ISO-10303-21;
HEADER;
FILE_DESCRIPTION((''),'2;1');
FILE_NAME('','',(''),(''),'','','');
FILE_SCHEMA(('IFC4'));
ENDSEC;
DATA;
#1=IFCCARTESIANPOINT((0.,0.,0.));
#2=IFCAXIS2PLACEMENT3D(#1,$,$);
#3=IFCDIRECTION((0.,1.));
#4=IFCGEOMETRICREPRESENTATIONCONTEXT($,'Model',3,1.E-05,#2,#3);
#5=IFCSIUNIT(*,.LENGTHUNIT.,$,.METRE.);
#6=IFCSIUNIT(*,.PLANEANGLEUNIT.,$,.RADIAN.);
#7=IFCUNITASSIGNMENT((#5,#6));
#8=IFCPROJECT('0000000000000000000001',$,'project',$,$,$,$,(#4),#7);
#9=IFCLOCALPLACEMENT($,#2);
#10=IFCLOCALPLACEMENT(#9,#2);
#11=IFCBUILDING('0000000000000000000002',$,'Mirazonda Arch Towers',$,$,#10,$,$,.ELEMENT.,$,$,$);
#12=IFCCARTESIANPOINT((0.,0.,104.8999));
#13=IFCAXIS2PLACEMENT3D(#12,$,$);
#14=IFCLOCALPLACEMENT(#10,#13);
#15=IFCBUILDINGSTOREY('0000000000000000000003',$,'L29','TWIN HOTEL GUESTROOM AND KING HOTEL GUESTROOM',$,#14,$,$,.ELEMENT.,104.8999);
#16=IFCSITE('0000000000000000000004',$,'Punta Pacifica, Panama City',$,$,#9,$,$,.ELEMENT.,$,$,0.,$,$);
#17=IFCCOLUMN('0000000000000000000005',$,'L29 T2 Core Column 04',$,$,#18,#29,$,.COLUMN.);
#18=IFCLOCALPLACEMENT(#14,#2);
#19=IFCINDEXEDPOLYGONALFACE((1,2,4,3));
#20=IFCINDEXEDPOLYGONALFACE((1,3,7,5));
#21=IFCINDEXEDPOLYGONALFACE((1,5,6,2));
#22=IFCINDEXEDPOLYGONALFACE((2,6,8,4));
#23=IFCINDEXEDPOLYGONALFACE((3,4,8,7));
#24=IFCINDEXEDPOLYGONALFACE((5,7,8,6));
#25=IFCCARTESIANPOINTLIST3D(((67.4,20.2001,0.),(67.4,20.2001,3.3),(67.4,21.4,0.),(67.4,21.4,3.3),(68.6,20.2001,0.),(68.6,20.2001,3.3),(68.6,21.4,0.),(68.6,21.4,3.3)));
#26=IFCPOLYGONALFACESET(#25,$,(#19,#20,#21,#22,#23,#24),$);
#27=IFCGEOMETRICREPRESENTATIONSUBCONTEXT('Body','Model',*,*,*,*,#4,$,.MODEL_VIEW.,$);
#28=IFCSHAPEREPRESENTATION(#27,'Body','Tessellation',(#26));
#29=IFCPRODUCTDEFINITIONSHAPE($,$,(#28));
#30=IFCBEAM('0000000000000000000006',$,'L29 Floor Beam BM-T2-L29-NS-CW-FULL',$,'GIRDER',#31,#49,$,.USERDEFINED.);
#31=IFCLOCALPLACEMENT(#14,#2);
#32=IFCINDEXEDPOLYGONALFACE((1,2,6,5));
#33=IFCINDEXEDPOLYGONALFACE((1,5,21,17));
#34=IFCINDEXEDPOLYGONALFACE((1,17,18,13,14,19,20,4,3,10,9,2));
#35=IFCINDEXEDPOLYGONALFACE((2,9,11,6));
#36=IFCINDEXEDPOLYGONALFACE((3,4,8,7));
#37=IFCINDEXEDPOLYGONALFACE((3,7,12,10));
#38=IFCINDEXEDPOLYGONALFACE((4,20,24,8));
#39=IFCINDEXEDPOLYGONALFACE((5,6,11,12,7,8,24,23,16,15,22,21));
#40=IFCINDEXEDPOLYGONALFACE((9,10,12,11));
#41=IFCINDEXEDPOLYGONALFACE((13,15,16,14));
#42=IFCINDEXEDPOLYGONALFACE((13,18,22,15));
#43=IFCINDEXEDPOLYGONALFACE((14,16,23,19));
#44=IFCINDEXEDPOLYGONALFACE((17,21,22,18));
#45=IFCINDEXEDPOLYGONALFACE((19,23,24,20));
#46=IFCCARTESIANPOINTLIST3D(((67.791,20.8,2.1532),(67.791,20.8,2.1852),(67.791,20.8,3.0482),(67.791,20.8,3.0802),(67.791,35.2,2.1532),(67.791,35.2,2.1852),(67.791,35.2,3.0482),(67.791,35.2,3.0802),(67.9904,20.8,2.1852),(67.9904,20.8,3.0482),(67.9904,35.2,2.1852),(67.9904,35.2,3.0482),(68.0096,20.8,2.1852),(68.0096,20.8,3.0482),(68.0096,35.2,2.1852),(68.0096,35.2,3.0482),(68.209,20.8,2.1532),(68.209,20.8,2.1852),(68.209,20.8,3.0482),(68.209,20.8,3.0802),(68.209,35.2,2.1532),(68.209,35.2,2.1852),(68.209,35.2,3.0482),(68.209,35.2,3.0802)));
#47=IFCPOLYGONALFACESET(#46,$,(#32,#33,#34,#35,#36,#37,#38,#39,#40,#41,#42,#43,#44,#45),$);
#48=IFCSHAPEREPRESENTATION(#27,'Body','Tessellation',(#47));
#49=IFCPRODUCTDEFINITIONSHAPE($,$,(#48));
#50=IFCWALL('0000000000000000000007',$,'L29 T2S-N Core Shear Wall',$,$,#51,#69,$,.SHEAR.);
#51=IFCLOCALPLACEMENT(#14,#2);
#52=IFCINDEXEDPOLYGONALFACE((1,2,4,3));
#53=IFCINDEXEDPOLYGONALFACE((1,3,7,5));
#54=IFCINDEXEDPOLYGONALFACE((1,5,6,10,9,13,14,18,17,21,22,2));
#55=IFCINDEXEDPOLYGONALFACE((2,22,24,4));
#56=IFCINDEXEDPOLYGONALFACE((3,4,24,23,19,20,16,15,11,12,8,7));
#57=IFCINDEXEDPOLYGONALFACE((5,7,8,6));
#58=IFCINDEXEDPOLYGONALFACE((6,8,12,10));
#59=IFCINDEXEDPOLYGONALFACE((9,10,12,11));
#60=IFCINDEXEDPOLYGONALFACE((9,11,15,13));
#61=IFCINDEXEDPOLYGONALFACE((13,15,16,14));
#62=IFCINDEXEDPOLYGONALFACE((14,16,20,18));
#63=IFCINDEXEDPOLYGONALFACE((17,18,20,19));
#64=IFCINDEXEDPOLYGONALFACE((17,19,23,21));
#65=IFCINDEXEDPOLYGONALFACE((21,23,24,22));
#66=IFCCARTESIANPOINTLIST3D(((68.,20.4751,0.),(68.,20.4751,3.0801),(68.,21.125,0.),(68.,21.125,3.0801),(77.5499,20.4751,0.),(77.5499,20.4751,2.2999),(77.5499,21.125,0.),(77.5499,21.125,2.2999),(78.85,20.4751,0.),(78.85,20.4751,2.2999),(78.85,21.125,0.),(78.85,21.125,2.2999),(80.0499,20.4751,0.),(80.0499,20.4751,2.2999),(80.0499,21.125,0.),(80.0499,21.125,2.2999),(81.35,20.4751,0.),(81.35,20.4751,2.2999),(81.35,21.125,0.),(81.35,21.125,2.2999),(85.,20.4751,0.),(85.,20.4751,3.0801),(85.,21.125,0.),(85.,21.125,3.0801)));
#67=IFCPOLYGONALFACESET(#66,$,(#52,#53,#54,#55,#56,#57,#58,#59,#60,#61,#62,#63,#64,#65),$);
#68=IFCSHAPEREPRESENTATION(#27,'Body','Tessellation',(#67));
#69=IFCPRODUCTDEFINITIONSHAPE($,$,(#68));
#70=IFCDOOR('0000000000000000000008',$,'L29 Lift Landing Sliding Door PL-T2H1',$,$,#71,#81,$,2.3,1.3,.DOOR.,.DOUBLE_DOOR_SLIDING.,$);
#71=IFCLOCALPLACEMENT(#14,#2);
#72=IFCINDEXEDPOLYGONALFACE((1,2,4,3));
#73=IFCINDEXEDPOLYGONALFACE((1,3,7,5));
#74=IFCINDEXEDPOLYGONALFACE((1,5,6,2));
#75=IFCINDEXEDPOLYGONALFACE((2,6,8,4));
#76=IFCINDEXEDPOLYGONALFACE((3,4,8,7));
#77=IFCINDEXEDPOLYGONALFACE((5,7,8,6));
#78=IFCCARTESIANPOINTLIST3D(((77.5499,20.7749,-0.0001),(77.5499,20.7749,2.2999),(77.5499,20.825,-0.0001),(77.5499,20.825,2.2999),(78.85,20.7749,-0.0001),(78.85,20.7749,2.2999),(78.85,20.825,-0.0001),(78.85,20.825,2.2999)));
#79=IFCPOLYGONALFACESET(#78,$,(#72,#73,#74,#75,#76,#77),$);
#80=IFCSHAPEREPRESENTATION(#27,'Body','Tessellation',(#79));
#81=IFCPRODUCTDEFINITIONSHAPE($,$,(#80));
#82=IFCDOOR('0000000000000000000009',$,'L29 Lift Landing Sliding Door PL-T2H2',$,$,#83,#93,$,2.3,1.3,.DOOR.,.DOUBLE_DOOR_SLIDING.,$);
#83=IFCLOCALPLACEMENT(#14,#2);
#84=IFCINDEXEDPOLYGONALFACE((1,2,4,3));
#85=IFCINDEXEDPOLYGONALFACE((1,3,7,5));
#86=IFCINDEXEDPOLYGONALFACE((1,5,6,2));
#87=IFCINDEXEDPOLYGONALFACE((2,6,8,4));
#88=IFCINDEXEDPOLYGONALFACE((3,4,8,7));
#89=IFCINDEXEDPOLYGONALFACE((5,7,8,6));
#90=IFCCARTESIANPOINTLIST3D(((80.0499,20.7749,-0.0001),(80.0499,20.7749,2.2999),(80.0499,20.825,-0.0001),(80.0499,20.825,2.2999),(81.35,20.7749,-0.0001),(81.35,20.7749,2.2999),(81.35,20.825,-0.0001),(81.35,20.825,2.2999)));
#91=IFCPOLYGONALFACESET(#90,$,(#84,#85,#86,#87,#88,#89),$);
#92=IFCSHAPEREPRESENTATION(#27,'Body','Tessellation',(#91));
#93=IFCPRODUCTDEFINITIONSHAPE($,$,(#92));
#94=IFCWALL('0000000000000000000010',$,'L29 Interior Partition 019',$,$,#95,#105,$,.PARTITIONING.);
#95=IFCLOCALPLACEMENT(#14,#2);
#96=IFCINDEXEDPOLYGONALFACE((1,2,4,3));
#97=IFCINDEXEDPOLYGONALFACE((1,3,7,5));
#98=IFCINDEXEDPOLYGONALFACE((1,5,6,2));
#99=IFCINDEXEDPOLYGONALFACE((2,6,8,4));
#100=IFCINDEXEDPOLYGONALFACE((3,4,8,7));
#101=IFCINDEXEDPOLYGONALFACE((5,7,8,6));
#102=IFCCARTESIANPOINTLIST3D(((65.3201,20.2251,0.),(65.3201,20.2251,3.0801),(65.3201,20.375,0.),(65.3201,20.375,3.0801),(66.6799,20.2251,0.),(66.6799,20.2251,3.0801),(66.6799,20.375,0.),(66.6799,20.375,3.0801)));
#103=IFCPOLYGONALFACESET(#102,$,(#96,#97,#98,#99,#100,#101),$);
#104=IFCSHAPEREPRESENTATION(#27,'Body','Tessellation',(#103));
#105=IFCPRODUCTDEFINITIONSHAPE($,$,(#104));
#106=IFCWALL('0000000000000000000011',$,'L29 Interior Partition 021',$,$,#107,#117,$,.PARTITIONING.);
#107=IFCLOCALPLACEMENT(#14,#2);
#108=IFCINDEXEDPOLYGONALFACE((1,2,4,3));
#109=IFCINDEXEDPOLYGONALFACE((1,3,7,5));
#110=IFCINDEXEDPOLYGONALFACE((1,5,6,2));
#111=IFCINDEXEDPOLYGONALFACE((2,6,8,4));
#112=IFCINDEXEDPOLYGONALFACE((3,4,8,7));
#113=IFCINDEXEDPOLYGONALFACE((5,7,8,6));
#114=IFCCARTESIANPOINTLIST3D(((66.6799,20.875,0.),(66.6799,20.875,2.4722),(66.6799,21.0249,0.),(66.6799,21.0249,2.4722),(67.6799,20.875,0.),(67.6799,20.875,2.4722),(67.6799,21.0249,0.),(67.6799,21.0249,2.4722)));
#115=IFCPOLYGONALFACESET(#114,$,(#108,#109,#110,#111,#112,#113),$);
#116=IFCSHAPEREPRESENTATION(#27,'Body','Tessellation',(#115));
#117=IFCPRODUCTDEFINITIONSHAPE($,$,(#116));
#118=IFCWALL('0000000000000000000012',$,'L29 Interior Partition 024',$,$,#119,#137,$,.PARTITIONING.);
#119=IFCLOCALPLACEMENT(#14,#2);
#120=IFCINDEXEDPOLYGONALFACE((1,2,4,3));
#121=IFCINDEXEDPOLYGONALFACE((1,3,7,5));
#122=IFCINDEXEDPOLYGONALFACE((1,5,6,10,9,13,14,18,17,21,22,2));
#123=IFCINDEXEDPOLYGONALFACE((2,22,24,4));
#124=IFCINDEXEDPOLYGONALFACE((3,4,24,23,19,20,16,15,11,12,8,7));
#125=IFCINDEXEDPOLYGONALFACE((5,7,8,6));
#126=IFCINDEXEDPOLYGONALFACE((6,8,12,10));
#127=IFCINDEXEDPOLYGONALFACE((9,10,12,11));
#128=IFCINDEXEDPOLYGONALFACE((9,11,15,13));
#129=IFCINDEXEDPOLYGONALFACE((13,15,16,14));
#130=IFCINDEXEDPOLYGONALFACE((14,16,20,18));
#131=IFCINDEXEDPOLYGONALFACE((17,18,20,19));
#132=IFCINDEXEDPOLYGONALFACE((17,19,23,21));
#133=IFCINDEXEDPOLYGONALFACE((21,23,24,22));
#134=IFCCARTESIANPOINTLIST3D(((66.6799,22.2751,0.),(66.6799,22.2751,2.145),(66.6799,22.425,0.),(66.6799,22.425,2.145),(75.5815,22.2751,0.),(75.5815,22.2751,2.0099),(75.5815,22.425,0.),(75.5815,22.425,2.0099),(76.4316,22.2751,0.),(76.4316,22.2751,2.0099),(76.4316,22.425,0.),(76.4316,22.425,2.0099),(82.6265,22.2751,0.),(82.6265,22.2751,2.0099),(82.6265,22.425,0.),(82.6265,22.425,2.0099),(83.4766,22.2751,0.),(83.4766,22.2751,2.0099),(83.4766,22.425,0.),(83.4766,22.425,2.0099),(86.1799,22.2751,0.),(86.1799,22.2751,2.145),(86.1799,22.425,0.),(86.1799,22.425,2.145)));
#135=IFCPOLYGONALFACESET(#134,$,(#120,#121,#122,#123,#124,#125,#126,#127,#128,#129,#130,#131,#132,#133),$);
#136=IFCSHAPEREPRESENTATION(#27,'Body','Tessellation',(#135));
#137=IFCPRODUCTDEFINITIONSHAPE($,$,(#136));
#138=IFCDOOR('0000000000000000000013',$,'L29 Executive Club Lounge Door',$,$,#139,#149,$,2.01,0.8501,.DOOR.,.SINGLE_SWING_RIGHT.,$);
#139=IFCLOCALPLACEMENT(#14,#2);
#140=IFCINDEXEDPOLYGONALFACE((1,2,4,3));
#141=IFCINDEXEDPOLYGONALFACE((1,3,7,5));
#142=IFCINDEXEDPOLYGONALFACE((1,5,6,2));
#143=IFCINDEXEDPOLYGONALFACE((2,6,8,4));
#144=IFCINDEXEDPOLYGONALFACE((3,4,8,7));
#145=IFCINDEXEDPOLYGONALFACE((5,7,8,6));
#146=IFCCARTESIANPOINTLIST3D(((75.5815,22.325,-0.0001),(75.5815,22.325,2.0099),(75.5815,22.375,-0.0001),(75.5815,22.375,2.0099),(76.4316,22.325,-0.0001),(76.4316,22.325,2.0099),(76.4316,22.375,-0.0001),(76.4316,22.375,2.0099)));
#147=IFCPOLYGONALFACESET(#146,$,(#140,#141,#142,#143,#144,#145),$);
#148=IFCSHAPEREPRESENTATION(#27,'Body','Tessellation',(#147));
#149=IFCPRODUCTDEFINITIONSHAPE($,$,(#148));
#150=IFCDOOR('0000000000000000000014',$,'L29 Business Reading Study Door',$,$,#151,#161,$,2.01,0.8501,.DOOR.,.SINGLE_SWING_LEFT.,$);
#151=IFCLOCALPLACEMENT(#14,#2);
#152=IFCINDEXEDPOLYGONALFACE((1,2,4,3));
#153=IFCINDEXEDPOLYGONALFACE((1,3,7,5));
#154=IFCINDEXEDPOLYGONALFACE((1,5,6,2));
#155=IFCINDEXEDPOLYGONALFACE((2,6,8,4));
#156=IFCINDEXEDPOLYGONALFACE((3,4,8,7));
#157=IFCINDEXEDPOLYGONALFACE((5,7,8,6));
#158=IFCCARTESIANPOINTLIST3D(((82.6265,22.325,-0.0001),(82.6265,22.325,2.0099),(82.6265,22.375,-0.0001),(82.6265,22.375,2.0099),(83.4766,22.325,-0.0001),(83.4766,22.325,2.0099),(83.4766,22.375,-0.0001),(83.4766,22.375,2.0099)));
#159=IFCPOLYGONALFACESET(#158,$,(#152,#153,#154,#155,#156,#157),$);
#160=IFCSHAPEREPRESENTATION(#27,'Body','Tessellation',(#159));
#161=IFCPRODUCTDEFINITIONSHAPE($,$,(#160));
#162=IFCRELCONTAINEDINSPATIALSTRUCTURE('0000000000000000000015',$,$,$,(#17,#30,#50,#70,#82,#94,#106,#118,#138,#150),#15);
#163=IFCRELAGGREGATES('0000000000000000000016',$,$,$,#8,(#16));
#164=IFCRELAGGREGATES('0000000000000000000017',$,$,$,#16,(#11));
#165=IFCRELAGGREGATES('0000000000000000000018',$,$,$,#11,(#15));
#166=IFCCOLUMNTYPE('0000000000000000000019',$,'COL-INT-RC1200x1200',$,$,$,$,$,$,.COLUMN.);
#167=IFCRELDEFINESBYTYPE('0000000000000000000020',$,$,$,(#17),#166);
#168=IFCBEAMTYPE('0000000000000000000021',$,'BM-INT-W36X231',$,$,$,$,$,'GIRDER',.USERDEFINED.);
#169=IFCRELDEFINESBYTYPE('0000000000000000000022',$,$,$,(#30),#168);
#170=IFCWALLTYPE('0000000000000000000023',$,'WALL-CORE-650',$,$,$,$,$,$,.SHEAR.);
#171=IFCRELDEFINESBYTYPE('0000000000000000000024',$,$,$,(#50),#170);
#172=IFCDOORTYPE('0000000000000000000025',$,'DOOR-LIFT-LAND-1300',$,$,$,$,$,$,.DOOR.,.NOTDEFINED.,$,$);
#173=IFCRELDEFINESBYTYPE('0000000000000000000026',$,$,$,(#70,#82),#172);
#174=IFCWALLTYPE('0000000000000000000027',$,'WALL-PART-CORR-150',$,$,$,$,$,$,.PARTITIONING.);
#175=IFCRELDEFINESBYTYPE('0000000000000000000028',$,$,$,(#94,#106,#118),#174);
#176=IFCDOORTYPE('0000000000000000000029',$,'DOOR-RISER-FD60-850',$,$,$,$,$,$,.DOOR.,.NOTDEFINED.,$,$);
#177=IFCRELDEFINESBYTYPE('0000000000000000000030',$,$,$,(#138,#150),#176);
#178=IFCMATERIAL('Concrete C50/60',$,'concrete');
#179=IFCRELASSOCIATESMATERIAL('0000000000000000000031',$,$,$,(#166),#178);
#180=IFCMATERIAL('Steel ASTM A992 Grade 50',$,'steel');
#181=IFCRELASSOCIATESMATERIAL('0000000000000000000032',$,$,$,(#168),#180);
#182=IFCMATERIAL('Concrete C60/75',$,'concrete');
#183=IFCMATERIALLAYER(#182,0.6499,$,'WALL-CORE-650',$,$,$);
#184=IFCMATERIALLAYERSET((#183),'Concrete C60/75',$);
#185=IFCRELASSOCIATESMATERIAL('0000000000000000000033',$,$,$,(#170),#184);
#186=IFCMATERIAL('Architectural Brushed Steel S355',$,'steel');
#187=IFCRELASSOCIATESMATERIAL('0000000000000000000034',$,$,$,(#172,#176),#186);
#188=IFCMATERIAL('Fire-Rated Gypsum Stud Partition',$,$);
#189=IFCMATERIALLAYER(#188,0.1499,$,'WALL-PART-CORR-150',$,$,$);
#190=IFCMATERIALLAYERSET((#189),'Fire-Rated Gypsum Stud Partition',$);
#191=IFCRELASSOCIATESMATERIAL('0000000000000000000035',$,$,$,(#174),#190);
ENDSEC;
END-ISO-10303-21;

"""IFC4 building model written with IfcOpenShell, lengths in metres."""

from ifc_helpers import new_model, si_unit, direction, frame, frame_2d, origin, origin_2d, place, context, subcontext, project, spatial, rectangle, i_section, extrude, material, layer, layer_set, material_profile, profile_set, type_object, element, fill, save


model = new_model("IFC4")

# Units and contexts
model_context = context("Model", 3, precision=1e-05, world=origin(), true_north=direction((0.0, 1.0)))
body_context = subcontext(model_context, "Body", "Model", "MODEL_VIEW")
ifc_project = project(units=[si_unit("LENGTHUNIT", "METRE"), si_unit("PLANEANGLEUNIT", "RADIAN")], contexts=[model_context])

# Site, building, storey
site_placement = place(None, origin())
site = spatial("IfcSite", under=ifc_project, at=site_placement, Name="Punta Pacifica, Panama City", CompositionType="ELEMENT", RefElevation=0.0)
building_placement = place(site_placement, origin())
building = spatial("IfcBuilding", under=site, at=building_placement, Name="Mirazonda Arch Towers", CompositionType="ELEMENT")
storey_placement = place(building_placement, frame((0.0, 0.0, 104.8999)))
storey = spatial("IfcBuildingStorey", under=building, at=storey_placement, Name="L29", Description="TWIN HOTEL GUESTROOM AND KING HOTEL GUESTROOM", CompositionType="ELEMENT", Elevation=104.8999)

# Column
ifc_material_1 = material(Name="Concrete C50/60", Category="concrete")
ifc_material_profile_1 = material_profile(ifc_material_1, rectangle(XDim=1.2, YDim=1.2, at=origin_2d()), Name="RC1200x1200")
ifc_profile_set_1 = profile_set([ifc_material_profile_1], Name="Concrete C50/60")
column_type = type_object("IfcColumnType", Name="COL-INT-RC1200x1200", PredefinedType="COLUMN", material=ifc_profile_set_1)
column_placement = place(storey_placement, frame((68.0, 20.8, 0.0), z_axis=(0.0, 0.0, 1.0), x_axis=(1.0, 0.0, 0.0)))
element("IfcColumn", 1, at=column_placement, inside=storey, type_object=column_type, Name="L29 T2 Core Column 04", PredefinedType="COLUMN", context=body_context, shape_type="SweptSolid", body=[
    extrude(rectangle(XDim=1.2, YDim=1.2, at=origin_2d()), origin(), (0.0, 0.0, 1.0), 3.3),
])

# Beam
ifc_material_2 = material(Name="Steel ASTM A992 Grade 50", Category="steel")
ifc_material_profile_2 = material_profile(ifc_material_2, i_section(OverallWidth=0.418, OverallDepth=0.927, WebThickness=0.0193, FlangeThickness=0.032, at=origin_2d()), Name="W36X231")
ifc_profile_set_2 = profile_set([ifc_material_profile_2], Name="Steel ASTM A992 Grade 50")
beam_type = type_object("IfcBeamType", Name="BM-INT-W36X231", ElementType="GIRDER", PredefinedType="USERDEFINED", material=ifc_profile_set_2)
beam_placement = place(storey_placement, frame((68.0, 20.8, 2.6167), z_axis=(0.0, 1.0, 0.0), x_axis=(-1.0, 0.0, 0.0)))
element("IfcBeam", 2, at=beam_placement, inside=storey, type_object=beam_type, Name="L29 Floor Beam BM-T2-L29-NS-CW-FULL", ObjectType="GIRDER", PredefinedType="USERDEFINED", context=body_context, shape_type="SweptSolid", body=[
    extrude(i_section(OverallWidth=0.418, OverallDepth=0.927, WebThickness=0.0193, FlangeThickness=0.032, at=origin_2d()), origin(), (0.0, 0.0, 1.0), 14.3999),
])

# Wall, openings, doors
ifc_material_3 = material(Name="Concrete C60/75", Category="concrete")
ifc_layer_1 = layer(ifc_material_3, 0.6499, Name="WALL-CORE-650")
ifc_layer_set_1 = layer_set([ifc_layer_1], Name="Concrete C60/75")
wall_type_1 = type_object("IfcWallType", Name="WALL-CORE-650", PredefinedType="SHEAR", material=ifc_layer_set_1)
wall_1_placement = place(storey_placement, frame((68.0, 20.8, 0.0), z_axis=(0.0, 0.0, 1.0), x_axis=(1.0, 0.0, 0.0)))
wall_1 = element("IfcWall", 3, at=wall_1_placement, inside=storey, type_object=wall_type_1, Name="L29 T2S-N Core Shear Wall", PredefinedType="SHEAR", context=body_context, shape_type="SweptSolid", body=[
    extrude(rectangle(XDim=17.0, YDim=0.6499, at=frame_2d((8.5, 0.0))), origin(), (0.0, 0.0, 1.0), 3.0801),
])
opening_1_placement = place(wall_1_placement, frame((9.55, 0.0, 0.0)))
opening_1 = element("IfcOpeningElement", 4, at=opening_1_placement, cuts=wall_1, PredefinedType="OPENING", context=body_context, shape_type="SweptSolid", body=[
    extrude(rectangle(XDim=1.3, YDim=2.3, at=frame_2d((0.6499, 1.1499))), frame((0.0, 0.335, 0.0), z_axis=(0.0, -1.0, 0.0), x_axis=(1.0, 0.0, 0.0)), (0.0, 0.0, 1.0), 0.6699),
])
opening_2_placement = place(wall_1_placement, frame((12.05, 0.0, 0.0)))
opening_2 = element("IfcOpeningElement", 5, at=opening_2_placement, cuts=wall_1, PredefinedType="OPENING", context=body_context, shape_type="SweptSolid", body=[
    extrude(rectangle(XDim=1.3, YDim=2.3, at=frame_2d((0.6499, 1.1499))), frame((0.0, 0.335, 0.0), z_axis=(0.0, -1.0, 0.0), x_axis=(1.0, 0.0, 0.0)), (0.0, 0.0, 1.0), 0.6699),
])
ifc_material_4 = material(Name="Architectural Brushed Steel S355", Category="steel")
door_type_1 = type_object("IfcDoorType", Name="DOOR-LIFT-LAND-1300", OperationType="NOTDEFINED", PredefinedType="DOOR", material=ifc_material_4)
door_1_placement = place(opening_1_placement, origin())
door_1 = element("IfcDoor", 6, at=door_1_placement, inside=storey, type_object=door_type_1, Name="L29 Lift Landing Sliding Door PL-T2H1", OperationType="DOUBLE_DOOR_SLIDING", OverallHeight=2.3, OverallWidth=1.3, PredefinedType="DOOR", context=body_context, shape_type="SweptSolid", body=[
    extrude(rectangle(XDim=1.3, YDim=2.3, at=frame_2d((0.6499, 1.1499))), frame((0.0, 0.0249, 0.0), z_axis=(0.0, -1.0, 0.0), x_axis=(1.0, 0.0, 0.0)), (0.0, 0.0, 1.0), 0.05),
])
fill(opening_1, door_1)
door_2_placement = place(opening_2_placement, origin())
door_2 = element("IfcDoor", 7, at=door_2_placement, inside=storey, type_object=door_type_1, Name="L29 Lift Landing Sliding Door PL-T2H2", OperationType="DOUBLE_DOOR_SLIDING", OverallHeight=2.3, OverallWidth=1.3, PredefinedType="DOOR", context=body_context, shape_type="SweptSolid", body=[
    extrude(rectangle(XDim=1.3, YDim=2.3, at=frame_2d((0.6499, 1.1499))), frame((0.0, 0.0249, 0.0), z_axis=(0.0, -1.0, 0.0), x_axis=(1.0, 0.0, 0.0)), (0.0, 0.0, 1.0), 0.05),
])
fill(opening_2, door_2)

# Walls
ifc_material_5 = material(Name="Fire-Rated Gypsum Stud Partition")
ifc_layer_2 = layer(ifc_material_5, 0.1499, Name="WALL-PART-CORR-150")
ifc_layer_set_2 = layer_set([ifc_layer_2], Name="Fire-Rated Gypsum Stud Partition")
wall_type_2 = type_object("IfcWallType", Name="WALL-PART-CORR-150", PredefinedType="PARTITIONING", material=ifc_layer_set_2)
wall_2_placement = place(storey_placement, frame((65.3201, 20.3, 0.0), z_axis=(0.0, 0.0, 1.0), x_axis=(1.0, 0.0, 0.0)))
element("IfcWall", 8, at=wall_2_placement, inside=storey, type_object=wall_type_2, Name="L29 Interior Partition 019", PredefinedType="PARTITIONING", context=body_context, shape_type="SweptSolid", body=[
    extrude(rectangle(XDim=1.3599, YDim=0.1499, at=frame_2d((0.6799, 0.0))), origin(), (0.0, 0.0, 1.0), 3.0801),
])
wall_3_placement = place(storey_placement, frame((66.6799, 20.95, 0.0), z_axis=(0.0, 0.0, 1.0), x_axis=(1.0, 0.0, 0.0)))
element("IfcWall", 9, at=wall_3_placement, inside=storey, type_object=wall_type_2, Name="L29 Interior Partition 021", PredefinedType="PARTITIONING", context=body_context, shape_type="SweptSolid", body=[
    extrude(rectangle(XDim=1.0, YDim=0.1499, at=frame_2d((0.5, 0.0))), origin(), (0.0, 0.0, 1.0), 2.4722),
])

# Wall, openings, doors
wall_4_placement = place(storey_placement, frame((66.6799, 22.3501, 0.0), z_axis=(0.0, 0.0, 1.0), x_axis=(1.0, 0.0, 0.0)))
wall_4 = element("IfcWall", 10, at=wall_4_placement, inside=storey, type_object=wall_type_2, Name="L29 Interior Partition 024", PredefinedType="PARTITIONING", context=body_context, shape_type="SweptSolid", body=[
    extrude(rectangle(XDim=19.5, YDim=0.1499, at=frame_2d((9.75, 0.0))), origin(), (0.0, 0.0, 1.0), 2.145),
])
opening_3_placement = place(wall_4_placement, frame((8.9016, 0.0, 0.0)))
opening_3 = element("IfcOpeningElement", 11, at=opening_3_placement, cuts=wall_4, PredefinedType="OPENING", context=body_context, shape_type="SweptSolid", body=[
    extrude(rectangle(XDim=0.8501, YDim=2.01, at=frame_2d((0.425, 1.0049))), frame((0.0, 0.085, 0.0), z_axis=(0.0, -1.0, 0.0), x_axis=(1.0, 0.0, 0.0)), (0.0, 0.0, 1.0), 0.1699),
])
opening_4_placement = place(wall_4_placement, frame((15.9465, 0.0, 0.0)))
opening_4 = element("IfcOpeningElement", 12, at=opening_4_placement, cuts=wall_4, PredefinedType="OPENING", context=body_context, shape_type="SweptSolid", body=[
    extrude(rectangle(XDim=0.8501, YDim=2.01, at=frame_2d((0.425, 1.0049))), frame((0.0, 0.085, 0.0), z_axis=(0.0, -1.0, 0.0), x_axis=(1.0, 0.0, 0.0)), (0.0, 0.0, 1.0), 0.1699),
])
door_type_2 = type_object("IfcDoorType", Name="DOOR-RISER-FD60-850", OperationType="NOTDEFINED", PredefinedType="DOOR", material=ifc_material_4)
door_3_placement = place(opening_3_placement, origin())
door_3 = element("IfcDoor", 13, at=door_3_placement, inside=storey, type_object=door_type_2, Name="L29 Executive Club Lounge Door", OperationType="SINGLE_SWING_RIGHT", OverallHeight=2.01, OverallWidth=0.8501, PredefinedType="DOOR", context=body_context, shape_type="SweptSolid", body=[
    extrude(rectangle(XDim=0.8501, YDim=2.01, at=frame_2d((0.425, 1.0049))), frame((0.0, 0.0249, 0.0), z_axis=(0.0, -1.0, 0.0), x_axis=(1.0, 0.0, 0.0)), (0.0, 0.0, 1.0), 0.05),
])
fill(opening_3, door_3)
door_4_placement = place(opening_4_placement, origin())
door_4 = element("IfcDoor", 14, at=door_4_placement, inside=storey, type_object=door_type_2, Name="L29 Business Reading Study Door", OperationType="SINGLE_SWING_LEFT", OverallHeight=2.01, OverallWidth=0.8501, PredefinedType="DOOR", context=body_context, shape_type="SweptSolid", body=[
    extrude(rectangle(XDim=0.8501, YDim=2.01, at=frame_2d((0.425, 1.0049))), frame((0.0, 0.0249, 0.0), z_axis=(0.0, -1.0, 0.0), x_axis=(1.0, 0.0, 0.0)), (0.0, 0.0, 1.0), 0.05),
])
fill(opening_4, door_4)

save(model, "model.ifc")
